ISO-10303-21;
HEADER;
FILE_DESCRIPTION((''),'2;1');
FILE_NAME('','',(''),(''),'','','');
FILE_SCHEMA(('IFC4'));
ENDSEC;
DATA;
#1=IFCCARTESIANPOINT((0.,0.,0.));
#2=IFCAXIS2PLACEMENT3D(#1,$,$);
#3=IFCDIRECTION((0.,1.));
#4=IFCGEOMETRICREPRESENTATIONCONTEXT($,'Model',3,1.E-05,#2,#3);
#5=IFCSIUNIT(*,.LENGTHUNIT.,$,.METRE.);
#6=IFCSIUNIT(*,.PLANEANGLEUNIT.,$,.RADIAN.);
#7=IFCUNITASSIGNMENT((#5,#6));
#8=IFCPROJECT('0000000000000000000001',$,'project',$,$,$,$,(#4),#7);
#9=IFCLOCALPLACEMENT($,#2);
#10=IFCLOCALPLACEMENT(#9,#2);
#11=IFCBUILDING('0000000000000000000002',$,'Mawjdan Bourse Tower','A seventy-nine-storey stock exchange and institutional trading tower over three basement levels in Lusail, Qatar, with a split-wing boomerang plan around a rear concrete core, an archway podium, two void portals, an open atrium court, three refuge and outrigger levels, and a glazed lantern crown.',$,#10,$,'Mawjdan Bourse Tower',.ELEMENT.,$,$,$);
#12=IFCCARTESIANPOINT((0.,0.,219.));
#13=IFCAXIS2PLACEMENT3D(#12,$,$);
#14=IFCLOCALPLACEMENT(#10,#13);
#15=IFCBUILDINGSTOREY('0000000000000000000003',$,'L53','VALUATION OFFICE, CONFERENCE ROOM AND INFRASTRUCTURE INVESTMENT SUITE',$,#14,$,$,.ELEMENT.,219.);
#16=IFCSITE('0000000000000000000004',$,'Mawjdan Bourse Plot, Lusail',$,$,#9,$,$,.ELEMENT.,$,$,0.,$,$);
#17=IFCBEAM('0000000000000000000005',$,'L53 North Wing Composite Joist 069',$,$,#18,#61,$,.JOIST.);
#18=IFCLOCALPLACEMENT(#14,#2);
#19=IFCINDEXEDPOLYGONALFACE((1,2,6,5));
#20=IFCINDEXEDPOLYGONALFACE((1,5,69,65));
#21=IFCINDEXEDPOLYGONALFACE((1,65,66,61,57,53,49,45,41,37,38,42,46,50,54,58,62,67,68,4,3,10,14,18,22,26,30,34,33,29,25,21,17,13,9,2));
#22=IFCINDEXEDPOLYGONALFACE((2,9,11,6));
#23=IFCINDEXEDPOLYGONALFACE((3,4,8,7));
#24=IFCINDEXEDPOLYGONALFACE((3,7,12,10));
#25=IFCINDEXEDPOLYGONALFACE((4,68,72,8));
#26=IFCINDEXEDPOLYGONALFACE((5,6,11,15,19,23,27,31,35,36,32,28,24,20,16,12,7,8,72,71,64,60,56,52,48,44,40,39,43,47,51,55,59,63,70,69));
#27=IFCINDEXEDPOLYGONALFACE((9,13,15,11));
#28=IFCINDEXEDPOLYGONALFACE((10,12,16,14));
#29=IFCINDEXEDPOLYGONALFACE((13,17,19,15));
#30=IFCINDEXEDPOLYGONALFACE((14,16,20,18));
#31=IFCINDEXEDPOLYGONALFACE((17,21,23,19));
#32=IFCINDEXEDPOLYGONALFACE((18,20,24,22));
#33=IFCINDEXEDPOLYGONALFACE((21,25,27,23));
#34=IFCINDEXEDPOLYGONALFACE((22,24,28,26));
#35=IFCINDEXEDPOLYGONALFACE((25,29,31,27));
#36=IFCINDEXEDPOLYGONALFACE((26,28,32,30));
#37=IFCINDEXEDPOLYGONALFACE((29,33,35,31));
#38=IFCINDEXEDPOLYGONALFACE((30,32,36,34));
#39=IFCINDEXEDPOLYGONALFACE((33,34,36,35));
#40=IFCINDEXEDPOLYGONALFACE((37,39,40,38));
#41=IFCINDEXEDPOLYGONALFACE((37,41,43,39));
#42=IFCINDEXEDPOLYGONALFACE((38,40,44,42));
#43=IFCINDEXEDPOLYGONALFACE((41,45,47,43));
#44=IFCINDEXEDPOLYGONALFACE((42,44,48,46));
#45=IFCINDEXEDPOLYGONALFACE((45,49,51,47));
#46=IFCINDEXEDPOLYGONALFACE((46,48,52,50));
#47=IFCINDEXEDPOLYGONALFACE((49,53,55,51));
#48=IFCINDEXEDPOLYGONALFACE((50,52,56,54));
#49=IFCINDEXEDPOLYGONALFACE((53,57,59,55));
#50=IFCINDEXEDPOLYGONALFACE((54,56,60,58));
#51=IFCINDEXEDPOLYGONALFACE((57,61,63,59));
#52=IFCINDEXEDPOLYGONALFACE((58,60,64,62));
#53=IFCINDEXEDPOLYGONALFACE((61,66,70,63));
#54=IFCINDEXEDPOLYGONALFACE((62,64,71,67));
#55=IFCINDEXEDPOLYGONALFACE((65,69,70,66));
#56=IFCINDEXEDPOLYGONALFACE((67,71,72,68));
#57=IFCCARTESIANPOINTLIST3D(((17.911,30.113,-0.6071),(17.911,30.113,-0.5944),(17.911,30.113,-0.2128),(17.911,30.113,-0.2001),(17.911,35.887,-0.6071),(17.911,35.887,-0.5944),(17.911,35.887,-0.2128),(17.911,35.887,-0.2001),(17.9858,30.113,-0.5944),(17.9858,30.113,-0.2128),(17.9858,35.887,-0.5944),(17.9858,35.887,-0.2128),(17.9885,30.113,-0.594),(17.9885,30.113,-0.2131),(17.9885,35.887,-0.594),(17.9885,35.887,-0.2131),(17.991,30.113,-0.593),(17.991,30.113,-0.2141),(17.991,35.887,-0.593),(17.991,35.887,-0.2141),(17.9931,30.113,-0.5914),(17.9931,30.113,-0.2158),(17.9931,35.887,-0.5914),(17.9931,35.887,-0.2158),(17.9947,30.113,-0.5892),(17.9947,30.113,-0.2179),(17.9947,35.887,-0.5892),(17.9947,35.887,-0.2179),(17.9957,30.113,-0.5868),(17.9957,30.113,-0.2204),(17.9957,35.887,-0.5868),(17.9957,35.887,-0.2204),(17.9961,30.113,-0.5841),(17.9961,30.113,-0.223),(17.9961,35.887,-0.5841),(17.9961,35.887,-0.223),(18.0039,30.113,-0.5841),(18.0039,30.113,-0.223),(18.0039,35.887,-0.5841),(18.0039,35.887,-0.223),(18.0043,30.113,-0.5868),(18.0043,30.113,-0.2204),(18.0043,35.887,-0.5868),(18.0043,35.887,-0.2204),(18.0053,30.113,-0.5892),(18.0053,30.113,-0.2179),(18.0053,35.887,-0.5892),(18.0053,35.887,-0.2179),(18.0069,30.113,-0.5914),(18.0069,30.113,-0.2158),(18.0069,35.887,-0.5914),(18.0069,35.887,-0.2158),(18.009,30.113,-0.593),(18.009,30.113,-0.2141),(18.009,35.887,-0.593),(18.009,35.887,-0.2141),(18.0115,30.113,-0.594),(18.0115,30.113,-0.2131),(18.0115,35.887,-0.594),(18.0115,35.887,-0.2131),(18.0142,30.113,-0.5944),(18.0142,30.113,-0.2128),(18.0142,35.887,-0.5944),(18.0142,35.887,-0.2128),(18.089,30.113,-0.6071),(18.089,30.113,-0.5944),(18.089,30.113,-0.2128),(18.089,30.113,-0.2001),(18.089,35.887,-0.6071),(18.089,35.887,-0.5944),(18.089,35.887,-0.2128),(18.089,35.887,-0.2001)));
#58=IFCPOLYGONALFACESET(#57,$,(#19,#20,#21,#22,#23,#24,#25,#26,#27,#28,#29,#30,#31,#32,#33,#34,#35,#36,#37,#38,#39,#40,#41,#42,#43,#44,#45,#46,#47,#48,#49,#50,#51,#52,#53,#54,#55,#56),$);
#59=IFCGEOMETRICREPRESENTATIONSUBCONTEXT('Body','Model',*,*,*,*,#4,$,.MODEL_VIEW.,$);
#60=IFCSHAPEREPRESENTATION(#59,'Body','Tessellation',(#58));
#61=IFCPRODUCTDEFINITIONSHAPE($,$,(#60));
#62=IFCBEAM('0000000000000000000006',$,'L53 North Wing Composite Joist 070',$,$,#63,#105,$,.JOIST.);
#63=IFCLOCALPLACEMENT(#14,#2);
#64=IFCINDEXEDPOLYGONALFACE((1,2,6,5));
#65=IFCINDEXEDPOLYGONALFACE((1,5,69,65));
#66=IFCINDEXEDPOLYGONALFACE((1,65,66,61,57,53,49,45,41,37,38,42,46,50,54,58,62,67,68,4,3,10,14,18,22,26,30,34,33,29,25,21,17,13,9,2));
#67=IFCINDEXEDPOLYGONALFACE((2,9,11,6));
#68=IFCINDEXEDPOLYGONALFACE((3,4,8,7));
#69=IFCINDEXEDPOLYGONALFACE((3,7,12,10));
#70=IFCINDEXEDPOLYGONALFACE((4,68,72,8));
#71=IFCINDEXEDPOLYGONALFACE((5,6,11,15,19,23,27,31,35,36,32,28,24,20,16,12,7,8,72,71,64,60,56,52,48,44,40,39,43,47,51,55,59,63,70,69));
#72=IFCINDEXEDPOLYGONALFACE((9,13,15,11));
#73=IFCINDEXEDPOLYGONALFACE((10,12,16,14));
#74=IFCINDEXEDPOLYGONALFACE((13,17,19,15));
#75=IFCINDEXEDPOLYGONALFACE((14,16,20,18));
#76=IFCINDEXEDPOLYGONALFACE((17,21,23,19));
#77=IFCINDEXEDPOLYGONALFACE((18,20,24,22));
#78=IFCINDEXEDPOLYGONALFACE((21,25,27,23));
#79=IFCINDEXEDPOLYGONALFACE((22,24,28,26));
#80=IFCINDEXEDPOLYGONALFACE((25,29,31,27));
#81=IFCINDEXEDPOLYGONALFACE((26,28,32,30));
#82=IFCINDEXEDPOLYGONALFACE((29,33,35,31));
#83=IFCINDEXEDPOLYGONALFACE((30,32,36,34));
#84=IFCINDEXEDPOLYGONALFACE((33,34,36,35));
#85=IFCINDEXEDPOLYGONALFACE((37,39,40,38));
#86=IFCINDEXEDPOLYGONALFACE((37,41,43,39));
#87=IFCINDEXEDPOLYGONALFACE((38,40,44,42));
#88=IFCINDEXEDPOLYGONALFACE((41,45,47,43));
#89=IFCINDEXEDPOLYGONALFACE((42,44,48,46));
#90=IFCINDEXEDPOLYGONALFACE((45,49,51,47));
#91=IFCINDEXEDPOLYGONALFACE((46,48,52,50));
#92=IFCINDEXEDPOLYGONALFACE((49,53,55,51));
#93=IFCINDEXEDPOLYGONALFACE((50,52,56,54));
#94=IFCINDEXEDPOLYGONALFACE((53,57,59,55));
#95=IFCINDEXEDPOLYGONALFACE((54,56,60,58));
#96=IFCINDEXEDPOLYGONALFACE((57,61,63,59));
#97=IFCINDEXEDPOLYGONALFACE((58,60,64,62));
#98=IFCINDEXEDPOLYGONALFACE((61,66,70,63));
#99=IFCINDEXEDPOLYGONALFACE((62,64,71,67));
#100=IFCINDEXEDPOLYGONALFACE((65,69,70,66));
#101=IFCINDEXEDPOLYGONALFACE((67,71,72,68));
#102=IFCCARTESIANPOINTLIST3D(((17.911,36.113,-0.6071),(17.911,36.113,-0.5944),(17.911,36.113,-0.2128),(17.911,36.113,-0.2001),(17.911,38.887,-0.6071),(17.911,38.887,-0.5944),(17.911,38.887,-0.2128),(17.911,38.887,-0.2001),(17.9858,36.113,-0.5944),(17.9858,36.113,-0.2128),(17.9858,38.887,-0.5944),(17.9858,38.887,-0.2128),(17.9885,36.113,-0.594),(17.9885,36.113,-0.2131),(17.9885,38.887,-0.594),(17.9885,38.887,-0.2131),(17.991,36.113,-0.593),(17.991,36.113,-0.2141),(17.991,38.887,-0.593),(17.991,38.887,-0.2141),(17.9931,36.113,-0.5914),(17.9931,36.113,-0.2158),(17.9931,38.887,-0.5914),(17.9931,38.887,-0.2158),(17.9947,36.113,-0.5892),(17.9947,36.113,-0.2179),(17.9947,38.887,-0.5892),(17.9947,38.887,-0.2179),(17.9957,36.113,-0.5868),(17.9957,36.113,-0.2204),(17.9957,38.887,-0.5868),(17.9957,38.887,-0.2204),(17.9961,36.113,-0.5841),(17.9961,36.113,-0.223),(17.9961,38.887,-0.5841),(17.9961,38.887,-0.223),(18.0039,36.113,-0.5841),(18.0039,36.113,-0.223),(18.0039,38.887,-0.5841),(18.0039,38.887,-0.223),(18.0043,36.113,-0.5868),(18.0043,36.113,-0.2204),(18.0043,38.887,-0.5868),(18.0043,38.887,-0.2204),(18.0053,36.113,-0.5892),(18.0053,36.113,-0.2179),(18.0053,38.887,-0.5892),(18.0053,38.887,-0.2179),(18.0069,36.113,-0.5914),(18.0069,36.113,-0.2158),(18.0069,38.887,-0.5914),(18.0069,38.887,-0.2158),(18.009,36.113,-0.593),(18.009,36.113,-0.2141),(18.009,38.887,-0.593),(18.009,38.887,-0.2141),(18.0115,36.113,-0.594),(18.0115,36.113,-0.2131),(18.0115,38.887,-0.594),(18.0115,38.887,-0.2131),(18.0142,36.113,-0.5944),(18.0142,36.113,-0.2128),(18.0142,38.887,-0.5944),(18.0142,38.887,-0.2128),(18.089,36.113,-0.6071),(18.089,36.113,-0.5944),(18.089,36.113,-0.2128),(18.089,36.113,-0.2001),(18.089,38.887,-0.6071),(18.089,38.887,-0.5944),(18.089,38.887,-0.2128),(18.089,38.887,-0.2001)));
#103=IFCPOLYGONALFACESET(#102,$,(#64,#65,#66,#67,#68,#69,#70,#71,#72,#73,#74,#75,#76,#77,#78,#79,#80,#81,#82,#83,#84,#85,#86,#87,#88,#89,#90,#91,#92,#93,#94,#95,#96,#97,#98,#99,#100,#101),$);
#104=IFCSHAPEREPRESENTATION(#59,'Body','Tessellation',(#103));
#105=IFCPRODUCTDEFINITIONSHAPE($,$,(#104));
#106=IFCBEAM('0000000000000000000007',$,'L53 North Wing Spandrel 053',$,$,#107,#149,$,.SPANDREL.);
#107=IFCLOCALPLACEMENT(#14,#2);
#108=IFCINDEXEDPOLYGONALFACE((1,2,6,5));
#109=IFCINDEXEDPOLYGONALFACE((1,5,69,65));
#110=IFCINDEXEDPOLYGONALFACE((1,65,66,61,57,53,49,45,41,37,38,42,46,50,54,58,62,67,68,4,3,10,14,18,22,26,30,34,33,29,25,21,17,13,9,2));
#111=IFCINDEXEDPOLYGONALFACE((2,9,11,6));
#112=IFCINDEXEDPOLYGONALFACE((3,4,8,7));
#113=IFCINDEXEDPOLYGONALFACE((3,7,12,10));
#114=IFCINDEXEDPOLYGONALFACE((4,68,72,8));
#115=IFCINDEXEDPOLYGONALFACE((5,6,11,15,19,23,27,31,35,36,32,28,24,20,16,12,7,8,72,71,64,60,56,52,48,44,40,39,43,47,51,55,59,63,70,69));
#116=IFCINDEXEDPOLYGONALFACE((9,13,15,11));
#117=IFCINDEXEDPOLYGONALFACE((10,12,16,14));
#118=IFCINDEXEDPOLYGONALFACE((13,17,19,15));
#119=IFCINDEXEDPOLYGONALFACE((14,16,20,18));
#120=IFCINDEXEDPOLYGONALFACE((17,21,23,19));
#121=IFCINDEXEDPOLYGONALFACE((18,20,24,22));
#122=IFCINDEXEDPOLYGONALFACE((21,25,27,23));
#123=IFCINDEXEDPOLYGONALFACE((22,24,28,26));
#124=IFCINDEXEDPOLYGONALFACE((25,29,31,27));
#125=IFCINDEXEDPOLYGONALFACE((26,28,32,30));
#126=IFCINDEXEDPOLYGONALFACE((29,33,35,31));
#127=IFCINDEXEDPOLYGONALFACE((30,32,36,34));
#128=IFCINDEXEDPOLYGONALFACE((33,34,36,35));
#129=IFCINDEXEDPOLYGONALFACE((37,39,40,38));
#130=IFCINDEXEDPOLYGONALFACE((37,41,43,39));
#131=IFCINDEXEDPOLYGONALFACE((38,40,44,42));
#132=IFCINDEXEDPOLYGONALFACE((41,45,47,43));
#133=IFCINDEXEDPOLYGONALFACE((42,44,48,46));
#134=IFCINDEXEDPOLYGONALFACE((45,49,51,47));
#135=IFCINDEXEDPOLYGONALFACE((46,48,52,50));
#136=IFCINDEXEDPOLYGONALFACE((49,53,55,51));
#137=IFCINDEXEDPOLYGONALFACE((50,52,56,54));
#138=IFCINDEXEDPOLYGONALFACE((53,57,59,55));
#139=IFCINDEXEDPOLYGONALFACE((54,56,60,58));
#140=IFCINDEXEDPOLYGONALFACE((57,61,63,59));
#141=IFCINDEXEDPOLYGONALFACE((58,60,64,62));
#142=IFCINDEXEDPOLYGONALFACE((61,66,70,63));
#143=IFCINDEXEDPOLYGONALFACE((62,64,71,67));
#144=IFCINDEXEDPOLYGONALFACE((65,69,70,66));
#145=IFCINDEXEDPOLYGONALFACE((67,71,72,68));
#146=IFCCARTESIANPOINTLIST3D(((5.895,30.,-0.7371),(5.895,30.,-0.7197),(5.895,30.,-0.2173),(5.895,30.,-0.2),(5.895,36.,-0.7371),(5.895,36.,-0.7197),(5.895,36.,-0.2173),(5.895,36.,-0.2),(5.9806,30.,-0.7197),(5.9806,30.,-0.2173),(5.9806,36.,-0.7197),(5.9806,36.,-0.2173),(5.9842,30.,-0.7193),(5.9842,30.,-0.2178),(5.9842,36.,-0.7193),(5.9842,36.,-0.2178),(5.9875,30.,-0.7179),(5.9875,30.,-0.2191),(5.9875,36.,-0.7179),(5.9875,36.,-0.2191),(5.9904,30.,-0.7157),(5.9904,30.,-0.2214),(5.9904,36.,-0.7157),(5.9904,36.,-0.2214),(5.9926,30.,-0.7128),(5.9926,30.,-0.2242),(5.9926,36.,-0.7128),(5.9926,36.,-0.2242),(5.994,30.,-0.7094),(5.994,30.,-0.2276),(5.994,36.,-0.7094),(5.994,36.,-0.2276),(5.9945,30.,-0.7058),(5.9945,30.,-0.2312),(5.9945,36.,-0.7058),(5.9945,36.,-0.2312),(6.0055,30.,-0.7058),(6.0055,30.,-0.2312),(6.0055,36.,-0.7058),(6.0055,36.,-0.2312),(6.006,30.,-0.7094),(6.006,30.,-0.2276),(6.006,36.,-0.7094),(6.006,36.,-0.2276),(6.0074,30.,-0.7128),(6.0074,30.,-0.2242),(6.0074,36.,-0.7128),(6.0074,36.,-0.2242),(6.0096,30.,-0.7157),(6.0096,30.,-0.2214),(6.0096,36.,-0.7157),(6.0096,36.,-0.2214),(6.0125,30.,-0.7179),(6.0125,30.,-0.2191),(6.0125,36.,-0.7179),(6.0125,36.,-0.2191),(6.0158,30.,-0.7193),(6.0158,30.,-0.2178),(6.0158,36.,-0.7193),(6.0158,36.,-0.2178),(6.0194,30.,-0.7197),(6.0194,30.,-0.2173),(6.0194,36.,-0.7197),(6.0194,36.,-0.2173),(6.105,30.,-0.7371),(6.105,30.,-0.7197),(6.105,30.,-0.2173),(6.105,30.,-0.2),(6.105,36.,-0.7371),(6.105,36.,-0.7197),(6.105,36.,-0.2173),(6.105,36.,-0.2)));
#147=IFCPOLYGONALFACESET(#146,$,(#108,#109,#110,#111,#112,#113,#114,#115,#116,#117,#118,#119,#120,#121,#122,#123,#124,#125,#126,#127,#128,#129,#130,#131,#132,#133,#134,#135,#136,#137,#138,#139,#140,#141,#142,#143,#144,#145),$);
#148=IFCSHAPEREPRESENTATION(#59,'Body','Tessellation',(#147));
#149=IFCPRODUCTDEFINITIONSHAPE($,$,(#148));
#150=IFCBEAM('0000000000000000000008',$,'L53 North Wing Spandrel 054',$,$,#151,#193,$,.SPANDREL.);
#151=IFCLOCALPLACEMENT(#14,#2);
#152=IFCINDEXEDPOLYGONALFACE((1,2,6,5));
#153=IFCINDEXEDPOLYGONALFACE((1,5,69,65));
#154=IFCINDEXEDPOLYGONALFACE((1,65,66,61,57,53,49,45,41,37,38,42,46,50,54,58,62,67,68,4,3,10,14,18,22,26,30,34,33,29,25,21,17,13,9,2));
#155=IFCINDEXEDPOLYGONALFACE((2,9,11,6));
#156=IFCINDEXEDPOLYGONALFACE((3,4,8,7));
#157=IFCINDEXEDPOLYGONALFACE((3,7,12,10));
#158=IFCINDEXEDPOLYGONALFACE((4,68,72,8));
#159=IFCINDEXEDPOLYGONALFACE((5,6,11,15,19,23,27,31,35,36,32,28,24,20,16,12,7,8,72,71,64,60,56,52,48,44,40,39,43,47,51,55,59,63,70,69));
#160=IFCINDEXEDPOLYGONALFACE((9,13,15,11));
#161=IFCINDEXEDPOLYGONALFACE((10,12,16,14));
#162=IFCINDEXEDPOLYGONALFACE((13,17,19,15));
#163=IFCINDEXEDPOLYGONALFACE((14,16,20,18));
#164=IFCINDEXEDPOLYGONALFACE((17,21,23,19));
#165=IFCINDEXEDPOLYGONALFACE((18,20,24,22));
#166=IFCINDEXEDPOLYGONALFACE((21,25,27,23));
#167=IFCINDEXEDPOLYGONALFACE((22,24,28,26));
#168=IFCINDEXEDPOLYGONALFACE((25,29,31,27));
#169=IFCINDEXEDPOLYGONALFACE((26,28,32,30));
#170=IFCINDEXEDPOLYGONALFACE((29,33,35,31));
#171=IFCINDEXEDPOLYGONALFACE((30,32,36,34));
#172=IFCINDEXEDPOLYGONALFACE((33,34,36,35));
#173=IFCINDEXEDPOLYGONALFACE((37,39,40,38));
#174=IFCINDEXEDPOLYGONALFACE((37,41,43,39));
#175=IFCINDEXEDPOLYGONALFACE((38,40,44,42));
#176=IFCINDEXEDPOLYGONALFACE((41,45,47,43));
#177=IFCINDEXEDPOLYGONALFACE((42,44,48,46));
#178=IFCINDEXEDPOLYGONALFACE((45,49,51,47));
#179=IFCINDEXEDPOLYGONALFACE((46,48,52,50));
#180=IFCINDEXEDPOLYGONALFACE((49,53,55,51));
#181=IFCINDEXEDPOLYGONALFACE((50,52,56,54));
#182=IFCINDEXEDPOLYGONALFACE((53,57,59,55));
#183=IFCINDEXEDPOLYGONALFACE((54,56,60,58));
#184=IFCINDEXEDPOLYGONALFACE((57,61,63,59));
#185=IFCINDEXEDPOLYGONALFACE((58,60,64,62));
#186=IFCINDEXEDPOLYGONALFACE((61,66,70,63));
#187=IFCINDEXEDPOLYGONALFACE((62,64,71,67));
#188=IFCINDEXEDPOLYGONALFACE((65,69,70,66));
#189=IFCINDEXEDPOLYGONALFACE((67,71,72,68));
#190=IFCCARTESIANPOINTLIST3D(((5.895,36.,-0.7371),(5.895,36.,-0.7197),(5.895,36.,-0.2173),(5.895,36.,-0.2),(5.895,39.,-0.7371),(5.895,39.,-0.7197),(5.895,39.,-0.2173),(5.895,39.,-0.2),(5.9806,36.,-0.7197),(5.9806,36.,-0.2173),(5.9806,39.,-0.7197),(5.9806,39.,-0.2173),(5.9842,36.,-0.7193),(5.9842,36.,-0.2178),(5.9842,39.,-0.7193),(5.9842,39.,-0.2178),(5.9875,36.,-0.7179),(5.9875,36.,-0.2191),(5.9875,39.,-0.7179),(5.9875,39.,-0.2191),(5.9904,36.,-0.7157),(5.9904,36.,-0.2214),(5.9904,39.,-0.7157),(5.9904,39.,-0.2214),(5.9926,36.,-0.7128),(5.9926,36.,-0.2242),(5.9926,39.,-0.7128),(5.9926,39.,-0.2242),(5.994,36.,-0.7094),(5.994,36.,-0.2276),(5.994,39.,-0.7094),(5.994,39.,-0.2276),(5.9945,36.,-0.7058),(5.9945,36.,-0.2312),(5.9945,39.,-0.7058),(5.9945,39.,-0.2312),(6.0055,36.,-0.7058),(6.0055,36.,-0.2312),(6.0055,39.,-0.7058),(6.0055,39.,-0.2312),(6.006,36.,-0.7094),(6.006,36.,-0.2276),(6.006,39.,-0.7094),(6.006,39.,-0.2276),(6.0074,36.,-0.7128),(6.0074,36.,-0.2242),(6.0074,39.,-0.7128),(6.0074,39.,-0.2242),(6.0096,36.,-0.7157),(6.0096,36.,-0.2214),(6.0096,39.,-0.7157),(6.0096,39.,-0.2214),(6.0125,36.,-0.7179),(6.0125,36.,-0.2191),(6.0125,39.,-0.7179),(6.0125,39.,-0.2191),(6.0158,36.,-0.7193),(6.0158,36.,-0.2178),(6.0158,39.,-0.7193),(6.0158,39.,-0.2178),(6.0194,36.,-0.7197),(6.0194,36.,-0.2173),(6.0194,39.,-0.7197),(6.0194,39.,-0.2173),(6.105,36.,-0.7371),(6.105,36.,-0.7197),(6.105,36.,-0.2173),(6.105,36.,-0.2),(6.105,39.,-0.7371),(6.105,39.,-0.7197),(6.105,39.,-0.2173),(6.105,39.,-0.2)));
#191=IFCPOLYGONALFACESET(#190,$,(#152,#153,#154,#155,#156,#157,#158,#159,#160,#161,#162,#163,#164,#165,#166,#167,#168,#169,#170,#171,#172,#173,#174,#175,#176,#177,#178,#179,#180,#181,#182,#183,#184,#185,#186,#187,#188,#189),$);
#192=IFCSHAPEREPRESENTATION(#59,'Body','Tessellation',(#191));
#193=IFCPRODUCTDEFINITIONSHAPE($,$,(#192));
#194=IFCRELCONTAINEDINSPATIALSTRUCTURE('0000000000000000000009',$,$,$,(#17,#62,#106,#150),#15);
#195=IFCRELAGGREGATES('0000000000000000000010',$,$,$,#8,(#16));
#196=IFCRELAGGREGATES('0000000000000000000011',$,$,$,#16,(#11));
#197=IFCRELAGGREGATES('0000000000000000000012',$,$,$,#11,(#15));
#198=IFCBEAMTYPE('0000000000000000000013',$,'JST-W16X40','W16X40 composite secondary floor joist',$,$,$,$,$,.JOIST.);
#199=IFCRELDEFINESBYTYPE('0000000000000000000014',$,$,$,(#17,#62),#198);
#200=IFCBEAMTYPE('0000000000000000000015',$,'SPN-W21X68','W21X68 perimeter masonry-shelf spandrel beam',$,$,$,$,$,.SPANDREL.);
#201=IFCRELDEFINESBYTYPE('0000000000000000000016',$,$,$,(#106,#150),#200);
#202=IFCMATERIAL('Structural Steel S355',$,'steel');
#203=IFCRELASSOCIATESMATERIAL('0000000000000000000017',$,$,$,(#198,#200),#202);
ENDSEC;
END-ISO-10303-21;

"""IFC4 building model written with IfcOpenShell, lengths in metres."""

from ifc_helpers import new_model, si_unit, direction, frame, origin, origin_2d, place, context, subcontext, project, spatial, i_section, extrude, material, material_profile, profile_set, type_object, element, save


model = new_model("IFC4")

# Units and contexts
model_context = context("Model", 3, precision=1e-05, world=origin(), true_north=direction((0.0, 1.0)))
body_context = subcontext(model_context, "Body", "Model", "MODEL_VIEW")
ifc_project = project(units=[si_unit("LENGTHUNIT", "METRE"), si_unit("PLANEANGLEUNIT", "RADIAN")], contexts=[model_context])

# Site, building, storey
site_placement = place(None, origin())
site = spatial("IfcSite", under=ifc_project, at=site_placement, Name="Mawjdan Bourse Plot, Lusail", CompositionType="ELEMENT", RefElevation=0.0)
building_placement = place(site_placement, origin())
building = spatial("IfcBuilding", under=site, at=building_placement, Name="Mawjdan Bourse Tower", Description="A seventy-nine-storey stock exchange and institutional trading tower over three basement levels in Lusail, Qatar, with a split-wing boomerang plan around a rear concrete core, an archway podium, two void portals, an open atrium court, three refuge and outrigger levels, and a glazed lantern crown.", LongName="Mawjdan Bourse Tower", CompositionType="ELEMENT")
storey_placement = place(building_placement, frame((0.0, 0.0, 219.0)))
storey = spatial("IfcBuildingStorey", under=building, at=storey_placement, Name="L53", Description="VALUATION OFFICE, CONFERENCE ROOM AND INFRASTRUCTURE INVESTMENT SUITE", CompositionType="ELEMENT", Elevation=219.0)

# Beams
ifc_material_1 = material(Name="Structural Steel S355", Category="steel")
ifc_material_profile_1 = material_profile(ifc_material_1, i_section(OverallWidth=0.178, OverallDepth=0.407, WebThickness=0.0078, FlangeThickness=0.0127, FilletRadius=0.0103, at=origin_2d()), Name="W16X40")
ifc_profile_set_1 = profile_set([ifc_material_profile_1], Name="Structural Steel S355")
beam_type_1 = type_object("IfcBeamType", Name="JST-W16X40", Description="W16X40 composite secondary floor joist", PredefinedType="JOIST", material=ifc_profile_set_1)
beam_1_placement = place(storey_placement, frame((18.0, 30.113, -0.4036), z_axis=(0.0, 1.0, 0.0), x_axis=(-1.0, 0.0, 0.0)))
element("IfcBeam", 1, at=beam_1_placement, inside=storey, type_object=beam_type_1, Name="L53 North Wing Composite Joist 069", PredefinedType="JOIST", context=body_context, shape_type="SweptSolid", body=[
    extrude(i_section(OverallWidth=0.178, OverallDepth=0.407, WebThickness=0.0078, FlangeThickness=0.0127, FilletRadius=0.0103, at=origin_2d()), origin(), (0.0, 0.0, 1.0), 5.7739),
])
beam_2_placement = place(storey_placement, frame((18.0, 36.113, -0.4036), z_axis=(0.0, 1.0, 0.0), x_axis=(-1.0, 0.0, 0.0)))
element("IfcBeam", 2, at=beam_2_placement, inside=storey, type_object=beam_type_1, Name="L53 North Wing Composite Joist 070", PredefinedType="JOIST", context=body_context, shape_type="SweptSolid", body=[
    extrude(i_section(OverallWidth=0.178, OverallDepth=0.407, WebThickness=0.0078, FlangeThickness=0.0127, FilletRadius=0.0103, at=origin_2d()), origin(), (0.0, 0.0, 1.0), 2.7739),
])
ifc_material_profile_2 = material_profile(ifc_material_1, i_section(OverallWidth=0.21, OverallDepth=0.5371, WebThickness=0.011, FlangeThickness=0.0173, FilletRadius=0.0139, at=origin_2d()), Name="W21X68")
ifc_profile_set_2 = profile_set([ifc_material_profile_2], Name="Structural Steel S355")
beam_type_2 = type_object("IfcBeamType", Name="SPN-W21X68", Description="W21X68 perimeter masonry-shelf spandrel beam", PredefinedType="SPANDREL", material=ifc_profile_set_2)
beam_3_placement = place(storey_placement, frame((6.0, 30.0, -0.4685), z_axis=(0.0, 1.0, 0.0), x_axis=(-1.0, 0.0, 0.0)))
element("IfcBeam", 3, at=beam_3_placement, inside=storey, type_object=beam_type_2, Name="L53 North Wing Spandrel 053", PredefinedType="SPANDREL", context=body_context, shape_type="SweptSolid", body=[
    extrude(i_section(OverallWidth=0.21, OverallDepth=0.5371, WebThickness=0.011, FlangeThickness=0.0173, FilletRadius=0.0139, at=origin_2d()), origin(), (0.0, 0.0, 1.0), 6.0),
])
beam_4_placement = place(storey_placement, frame((6.0, 36.0, -0.4685), z_axis=(0.0, 1.0, 0.0), x_axis=(-1.0, 0.0, 0.0)))
element("IfcBeam", 4, at=beam_4_placement, inside=storey, type_object=beam_type_2, Name="L53 North Wing Spandrel 054", PredefinedType="SPANDREL", context=body_context, shape_type="SweptSolid", body=[
    extrude(i_section(OverallWidth=0.21, OverallDepth=0.5371, WebThickness=0.011, FlangeThickness=0.0173, FilletRadius=0.0139, at=origin_2d()), origin(), (0.0, 0.0, 1.0), 3.0),
])

save(model, "model.ifc")
